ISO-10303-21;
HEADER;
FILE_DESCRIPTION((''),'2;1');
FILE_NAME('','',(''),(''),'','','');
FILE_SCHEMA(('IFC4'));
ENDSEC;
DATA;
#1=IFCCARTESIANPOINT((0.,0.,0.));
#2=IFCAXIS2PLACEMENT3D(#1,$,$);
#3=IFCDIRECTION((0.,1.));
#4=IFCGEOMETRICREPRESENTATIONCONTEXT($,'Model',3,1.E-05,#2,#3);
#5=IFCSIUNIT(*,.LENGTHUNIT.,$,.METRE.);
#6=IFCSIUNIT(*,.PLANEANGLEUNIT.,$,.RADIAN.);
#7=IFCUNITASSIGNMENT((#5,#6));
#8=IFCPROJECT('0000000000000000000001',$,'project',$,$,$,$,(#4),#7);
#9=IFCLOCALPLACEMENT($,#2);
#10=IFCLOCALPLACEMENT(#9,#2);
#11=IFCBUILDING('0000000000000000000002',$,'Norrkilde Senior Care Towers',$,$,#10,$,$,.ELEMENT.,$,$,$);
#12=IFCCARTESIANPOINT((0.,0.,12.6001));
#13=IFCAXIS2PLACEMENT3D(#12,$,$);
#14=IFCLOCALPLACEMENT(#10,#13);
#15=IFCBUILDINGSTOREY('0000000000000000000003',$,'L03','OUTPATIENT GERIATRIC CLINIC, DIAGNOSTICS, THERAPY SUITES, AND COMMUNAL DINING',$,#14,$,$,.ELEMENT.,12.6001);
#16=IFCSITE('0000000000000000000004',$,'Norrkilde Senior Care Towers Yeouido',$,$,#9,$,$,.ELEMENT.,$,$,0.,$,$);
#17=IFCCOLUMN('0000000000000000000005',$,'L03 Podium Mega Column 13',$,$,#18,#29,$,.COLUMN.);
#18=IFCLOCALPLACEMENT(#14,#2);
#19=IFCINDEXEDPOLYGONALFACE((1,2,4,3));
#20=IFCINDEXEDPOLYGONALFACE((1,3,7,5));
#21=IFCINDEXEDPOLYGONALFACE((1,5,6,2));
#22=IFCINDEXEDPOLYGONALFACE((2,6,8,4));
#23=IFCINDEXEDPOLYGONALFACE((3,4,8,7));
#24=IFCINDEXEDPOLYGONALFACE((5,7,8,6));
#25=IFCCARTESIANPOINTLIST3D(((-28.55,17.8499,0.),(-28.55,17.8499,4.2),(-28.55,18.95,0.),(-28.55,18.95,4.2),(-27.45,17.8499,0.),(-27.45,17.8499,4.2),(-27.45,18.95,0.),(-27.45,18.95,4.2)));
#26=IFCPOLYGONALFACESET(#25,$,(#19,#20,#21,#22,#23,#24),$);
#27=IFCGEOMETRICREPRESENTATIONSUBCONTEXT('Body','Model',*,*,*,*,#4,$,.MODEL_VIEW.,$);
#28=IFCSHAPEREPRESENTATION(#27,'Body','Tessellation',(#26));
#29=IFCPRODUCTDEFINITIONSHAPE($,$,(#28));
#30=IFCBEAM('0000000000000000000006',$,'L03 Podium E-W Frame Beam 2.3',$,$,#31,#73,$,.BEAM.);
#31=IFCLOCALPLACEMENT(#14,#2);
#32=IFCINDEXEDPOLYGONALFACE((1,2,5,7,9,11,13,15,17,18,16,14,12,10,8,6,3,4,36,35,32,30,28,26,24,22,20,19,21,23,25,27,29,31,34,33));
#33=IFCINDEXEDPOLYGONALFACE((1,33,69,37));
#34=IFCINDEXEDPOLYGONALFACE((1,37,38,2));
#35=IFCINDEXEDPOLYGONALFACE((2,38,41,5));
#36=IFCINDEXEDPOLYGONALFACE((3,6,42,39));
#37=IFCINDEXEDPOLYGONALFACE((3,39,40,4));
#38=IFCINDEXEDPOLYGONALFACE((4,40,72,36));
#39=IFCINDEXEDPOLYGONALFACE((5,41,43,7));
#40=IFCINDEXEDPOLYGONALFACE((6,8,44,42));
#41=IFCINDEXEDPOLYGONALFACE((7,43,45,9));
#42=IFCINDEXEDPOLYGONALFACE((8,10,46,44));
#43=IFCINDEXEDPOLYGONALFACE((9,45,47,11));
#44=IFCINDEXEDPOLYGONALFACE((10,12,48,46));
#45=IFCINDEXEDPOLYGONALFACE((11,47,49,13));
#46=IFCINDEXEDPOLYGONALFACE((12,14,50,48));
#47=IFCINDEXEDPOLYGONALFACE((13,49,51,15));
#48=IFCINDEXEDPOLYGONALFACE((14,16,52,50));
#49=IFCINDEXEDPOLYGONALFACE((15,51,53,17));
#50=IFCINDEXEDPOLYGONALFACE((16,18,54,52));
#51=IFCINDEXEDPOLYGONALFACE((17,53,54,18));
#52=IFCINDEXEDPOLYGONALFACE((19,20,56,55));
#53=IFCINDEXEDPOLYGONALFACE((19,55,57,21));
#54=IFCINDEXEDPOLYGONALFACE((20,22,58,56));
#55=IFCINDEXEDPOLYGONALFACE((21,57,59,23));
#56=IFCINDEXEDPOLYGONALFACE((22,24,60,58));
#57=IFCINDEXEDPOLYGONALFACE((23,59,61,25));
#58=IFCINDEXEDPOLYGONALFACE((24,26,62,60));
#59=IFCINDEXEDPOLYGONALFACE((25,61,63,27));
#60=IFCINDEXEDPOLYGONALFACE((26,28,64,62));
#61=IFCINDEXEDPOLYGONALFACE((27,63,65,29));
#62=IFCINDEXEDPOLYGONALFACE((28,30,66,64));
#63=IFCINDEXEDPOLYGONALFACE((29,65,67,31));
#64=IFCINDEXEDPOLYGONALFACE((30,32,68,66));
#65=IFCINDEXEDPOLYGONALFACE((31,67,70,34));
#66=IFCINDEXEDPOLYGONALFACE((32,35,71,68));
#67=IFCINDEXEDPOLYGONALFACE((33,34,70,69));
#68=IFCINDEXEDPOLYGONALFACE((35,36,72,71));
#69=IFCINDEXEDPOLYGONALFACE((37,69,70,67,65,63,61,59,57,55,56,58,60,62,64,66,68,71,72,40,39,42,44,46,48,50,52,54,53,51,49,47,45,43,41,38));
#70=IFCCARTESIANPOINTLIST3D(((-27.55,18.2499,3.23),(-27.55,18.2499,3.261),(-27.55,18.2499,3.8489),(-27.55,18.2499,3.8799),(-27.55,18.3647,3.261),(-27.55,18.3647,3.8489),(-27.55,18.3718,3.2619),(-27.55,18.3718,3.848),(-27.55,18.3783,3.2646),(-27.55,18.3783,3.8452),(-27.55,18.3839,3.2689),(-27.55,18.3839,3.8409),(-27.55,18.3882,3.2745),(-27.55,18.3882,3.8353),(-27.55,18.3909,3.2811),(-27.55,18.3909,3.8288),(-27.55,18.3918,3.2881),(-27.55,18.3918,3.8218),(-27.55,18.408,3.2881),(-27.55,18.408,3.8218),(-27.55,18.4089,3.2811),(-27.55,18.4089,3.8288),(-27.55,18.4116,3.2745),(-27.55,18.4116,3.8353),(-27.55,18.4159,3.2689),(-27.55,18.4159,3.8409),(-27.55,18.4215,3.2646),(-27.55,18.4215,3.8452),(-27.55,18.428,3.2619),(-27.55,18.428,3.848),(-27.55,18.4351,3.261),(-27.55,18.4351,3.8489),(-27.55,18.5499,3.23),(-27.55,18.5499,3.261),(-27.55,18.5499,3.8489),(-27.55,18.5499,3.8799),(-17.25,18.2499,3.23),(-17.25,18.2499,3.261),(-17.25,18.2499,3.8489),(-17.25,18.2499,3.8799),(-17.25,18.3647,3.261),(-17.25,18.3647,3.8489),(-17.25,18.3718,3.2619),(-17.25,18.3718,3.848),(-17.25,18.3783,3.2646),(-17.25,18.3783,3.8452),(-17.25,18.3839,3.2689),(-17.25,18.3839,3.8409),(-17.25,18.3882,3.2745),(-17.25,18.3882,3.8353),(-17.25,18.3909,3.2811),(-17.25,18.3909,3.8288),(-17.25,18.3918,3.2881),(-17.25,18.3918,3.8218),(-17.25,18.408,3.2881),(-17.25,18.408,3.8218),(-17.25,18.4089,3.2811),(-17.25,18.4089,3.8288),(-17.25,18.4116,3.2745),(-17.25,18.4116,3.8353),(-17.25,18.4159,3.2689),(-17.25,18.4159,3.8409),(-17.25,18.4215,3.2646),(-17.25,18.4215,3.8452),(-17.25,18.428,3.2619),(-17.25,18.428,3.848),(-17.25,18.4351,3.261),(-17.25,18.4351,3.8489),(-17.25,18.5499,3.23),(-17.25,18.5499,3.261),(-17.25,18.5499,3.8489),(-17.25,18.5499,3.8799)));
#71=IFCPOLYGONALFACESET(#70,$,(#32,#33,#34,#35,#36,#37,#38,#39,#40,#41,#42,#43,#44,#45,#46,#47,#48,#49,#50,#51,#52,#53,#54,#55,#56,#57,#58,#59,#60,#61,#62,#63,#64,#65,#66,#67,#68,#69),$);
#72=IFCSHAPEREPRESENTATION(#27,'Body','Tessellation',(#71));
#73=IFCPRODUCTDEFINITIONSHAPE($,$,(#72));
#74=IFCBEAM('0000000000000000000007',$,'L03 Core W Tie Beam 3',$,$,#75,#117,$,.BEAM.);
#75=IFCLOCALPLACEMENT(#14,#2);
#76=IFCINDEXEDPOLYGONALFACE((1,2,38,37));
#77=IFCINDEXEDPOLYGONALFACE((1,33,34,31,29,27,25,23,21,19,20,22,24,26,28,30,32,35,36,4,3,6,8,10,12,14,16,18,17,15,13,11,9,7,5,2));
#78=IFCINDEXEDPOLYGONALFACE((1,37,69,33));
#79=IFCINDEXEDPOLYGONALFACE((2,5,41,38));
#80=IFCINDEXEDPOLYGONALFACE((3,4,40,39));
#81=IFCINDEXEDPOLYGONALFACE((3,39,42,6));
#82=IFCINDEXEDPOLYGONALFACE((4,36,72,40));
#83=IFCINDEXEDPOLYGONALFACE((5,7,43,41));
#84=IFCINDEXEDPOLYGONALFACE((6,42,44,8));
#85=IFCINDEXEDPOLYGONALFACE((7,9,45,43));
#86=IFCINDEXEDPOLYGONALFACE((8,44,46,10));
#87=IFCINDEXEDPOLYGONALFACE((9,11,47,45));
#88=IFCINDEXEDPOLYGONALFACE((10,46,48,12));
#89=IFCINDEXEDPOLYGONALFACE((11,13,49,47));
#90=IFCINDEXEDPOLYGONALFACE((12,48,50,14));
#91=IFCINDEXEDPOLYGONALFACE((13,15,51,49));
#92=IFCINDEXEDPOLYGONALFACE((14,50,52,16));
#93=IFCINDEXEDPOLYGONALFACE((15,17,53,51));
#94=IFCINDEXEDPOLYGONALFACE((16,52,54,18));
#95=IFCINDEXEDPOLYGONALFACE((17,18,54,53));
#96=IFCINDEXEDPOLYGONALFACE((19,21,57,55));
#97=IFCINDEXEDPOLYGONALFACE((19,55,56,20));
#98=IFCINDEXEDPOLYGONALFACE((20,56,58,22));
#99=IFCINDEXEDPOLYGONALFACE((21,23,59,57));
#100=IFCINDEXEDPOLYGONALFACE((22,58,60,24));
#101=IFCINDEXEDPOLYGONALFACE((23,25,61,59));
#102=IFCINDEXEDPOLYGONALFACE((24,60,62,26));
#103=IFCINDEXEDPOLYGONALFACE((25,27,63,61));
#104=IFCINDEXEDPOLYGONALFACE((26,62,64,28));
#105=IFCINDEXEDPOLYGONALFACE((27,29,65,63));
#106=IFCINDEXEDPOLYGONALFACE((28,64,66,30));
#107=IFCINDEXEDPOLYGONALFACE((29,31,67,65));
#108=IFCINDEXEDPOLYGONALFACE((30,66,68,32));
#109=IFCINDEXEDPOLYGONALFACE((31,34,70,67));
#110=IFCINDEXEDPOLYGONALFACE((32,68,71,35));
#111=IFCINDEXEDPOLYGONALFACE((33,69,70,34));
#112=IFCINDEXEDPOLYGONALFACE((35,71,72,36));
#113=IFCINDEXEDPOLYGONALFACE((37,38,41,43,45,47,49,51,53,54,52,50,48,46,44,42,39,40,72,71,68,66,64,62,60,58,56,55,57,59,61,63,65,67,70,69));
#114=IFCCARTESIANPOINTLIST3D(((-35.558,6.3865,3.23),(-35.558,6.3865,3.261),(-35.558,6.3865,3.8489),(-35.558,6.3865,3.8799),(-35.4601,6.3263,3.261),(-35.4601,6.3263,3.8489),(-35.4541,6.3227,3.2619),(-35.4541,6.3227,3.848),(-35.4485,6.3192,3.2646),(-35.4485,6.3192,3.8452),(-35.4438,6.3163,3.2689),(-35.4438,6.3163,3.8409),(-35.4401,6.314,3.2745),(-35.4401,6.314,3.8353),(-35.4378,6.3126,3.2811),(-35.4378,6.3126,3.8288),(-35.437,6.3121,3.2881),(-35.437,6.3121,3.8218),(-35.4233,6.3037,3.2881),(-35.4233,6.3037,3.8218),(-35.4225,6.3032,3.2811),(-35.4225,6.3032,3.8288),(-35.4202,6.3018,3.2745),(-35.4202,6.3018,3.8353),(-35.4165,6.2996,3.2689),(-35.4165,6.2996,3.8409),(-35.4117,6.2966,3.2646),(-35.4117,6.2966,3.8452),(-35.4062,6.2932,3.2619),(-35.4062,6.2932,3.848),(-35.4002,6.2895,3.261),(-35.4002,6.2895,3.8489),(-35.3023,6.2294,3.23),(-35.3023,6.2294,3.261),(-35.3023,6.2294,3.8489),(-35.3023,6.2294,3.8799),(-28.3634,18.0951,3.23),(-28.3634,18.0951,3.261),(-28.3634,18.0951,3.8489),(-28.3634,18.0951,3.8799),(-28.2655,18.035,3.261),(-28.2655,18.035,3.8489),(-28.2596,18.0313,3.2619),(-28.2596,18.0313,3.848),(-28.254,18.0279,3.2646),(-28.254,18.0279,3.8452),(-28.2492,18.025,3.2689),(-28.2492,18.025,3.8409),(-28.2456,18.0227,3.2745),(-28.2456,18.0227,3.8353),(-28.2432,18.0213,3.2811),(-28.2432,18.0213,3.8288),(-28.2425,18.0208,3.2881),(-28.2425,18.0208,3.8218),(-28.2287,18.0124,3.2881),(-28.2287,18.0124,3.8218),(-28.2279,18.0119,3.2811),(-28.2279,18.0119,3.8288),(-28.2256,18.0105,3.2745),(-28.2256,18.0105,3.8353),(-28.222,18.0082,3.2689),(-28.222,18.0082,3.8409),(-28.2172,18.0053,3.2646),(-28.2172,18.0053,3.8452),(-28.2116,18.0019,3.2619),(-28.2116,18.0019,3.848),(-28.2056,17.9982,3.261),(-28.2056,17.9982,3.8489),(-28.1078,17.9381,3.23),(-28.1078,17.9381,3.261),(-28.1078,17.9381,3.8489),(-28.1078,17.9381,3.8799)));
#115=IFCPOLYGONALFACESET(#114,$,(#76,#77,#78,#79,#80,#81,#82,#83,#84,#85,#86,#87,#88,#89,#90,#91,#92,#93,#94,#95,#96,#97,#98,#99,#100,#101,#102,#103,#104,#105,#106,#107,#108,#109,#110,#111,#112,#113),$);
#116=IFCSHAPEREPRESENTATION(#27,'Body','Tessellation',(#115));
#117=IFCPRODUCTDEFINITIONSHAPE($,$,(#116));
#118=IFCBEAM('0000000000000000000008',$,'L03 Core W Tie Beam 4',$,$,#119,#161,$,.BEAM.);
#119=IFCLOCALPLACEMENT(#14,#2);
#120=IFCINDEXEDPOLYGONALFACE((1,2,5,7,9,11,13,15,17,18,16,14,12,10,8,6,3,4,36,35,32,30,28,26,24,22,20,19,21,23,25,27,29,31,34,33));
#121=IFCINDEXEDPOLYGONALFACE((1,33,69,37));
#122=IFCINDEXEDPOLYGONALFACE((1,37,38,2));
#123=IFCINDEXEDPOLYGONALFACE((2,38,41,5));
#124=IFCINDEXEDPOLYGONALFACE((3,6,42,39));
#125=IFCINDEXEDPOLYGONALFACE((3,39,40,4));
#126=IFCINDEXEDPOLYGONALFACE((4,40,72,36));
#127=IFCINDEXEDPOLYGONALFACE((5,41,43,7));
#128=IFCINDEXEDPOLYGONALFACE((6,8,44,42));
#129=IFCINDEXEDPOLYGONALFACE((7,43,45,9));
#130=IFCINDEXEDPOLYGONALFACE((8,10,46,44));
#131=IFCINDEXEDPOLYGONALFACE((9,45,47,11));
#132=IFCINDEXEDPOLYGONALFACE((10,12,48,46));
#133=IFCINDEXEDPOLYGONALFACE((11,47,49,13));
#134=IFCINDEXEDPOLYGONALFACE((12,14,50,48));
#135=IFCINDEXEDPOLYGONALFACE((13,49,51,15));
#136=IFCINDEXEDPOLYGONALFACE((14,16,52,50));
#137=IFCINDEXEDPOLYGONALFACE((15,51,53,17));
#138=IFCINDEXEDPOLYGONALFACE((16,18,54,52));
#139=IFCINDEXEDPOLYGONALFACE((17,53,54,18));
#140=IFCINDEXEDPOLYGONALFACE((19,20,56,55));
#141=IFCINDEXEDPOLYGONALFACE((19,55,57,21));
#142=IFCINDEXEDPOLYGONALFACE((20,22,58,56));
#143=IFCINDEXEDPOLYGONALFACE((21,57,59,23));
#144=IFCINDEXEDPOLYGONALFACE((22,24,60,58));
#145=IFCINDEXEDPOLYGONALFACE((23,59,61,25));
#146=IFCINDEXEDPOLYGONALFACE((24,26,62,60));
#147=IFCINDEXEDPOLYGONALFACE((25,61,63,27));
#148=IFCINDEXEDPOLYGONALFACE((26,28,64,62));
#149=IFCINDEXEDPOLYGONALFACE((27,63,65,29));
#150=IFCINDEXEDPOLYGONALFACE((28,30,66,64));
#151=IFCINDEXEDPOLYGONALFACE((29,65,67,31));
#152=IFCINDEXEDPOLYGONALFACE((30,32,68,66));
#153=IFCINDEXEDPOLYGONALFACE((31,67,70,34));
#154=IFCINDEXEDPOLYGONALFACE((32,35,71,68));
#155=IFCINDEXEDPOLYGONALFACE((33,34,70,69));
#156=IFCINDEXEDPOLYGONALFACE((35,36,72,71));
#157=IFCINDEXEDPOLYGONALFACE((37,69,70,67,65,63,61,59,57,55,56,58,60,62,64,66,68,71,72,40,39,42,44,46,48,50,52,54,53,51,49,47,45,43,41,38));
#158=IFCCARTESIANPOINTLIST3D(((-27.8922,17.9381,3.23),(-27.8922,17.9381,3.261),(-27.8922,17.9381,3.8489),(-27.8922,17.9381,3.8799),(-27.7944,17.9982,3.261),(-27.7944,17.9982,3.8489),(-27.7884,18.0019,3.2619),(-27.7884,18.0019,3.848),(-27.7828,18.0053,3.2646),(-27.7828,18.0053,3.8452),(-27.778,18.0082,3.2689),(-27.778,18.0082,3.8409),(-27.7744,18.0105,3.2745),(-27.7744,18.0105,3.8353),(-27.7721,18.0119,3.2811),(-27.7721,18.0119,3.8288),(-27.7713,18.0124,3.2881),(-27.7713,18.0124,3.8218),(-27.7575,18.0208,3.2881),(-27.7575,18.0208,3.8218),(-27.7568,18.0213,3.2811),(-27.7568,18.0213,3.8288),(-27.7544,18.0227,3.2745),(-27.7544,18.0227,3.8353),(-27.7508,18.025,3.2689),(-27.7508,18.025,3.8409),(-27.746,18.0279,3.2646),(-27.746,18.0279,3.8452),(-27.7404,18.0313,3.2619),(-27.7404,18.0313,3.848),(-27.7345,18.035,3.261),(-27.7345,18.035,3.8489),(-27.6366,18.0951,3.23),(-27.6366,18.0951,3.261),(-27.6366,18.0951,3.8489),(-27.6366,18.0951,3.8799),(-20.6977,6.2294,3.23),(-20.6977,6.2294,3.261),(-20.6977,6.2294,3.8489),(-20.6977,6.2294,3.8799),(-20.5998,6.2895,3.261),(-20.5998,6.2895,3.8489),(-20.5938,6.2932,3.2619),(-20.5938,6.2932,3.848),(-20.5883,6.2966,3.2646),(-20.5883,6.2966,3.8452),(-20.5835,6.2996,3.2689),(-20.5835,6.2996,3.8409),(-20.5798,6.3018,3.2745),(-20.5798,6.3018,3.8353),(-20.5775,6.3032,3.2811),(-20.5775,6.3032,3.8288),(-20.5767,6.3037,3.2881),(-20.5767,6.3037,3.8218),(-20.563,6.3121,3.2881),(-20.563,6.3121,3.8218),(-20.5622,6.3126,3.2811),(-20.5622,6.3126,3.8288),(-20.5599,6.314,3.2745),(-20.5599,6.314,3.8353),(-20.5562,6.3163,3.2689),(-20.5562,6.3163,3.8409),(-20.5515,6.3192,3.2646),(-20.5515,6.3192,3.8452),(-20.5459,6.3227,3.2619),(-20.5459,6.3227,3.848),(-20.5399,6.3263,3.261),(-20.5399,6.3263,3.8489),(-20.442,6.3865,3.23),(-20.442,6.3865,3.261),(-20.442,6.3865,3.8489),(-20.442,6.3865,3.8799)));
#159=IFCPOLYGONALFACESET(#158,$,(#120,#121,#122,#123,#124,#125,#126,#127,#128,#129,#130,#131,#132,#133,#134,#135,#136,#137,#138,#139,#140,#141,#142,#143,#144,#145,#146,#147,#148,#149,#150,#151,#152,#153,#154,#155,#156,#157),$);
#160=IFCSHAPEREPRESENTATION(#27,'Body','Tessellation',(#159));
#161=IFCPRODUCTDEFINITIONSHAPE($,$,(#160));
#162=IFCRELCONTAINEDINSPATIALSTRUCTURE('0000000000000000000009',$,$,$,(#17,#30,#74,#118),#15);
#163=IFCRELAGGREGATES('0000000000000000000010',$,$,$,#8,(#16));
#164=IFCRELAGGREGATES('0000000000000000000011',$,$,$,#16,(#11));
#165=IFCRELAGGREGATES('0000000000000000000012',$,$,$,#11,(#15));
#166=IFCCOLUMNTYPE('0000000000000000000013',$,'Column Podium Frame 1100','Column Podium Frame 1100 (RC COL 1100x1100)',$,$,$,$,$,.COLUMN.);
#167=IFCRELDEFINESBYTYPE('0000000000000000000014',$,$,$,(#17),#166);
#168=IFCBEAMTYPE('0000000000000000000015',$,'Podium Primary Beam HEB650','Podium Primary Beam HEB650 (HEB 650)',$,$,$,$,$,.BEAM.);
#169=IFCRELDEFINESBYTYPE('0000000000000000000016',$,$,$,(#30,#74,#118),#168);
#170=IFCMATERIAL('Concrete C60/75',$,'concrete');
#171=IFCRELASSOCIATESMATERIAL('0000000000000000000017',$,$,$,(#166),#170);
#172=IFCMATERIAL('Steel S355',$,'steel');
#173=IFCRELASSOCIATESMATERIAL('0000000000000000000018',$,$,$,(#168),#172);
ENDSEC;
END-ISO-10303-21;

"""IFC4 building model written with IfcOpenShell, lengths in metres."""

from ifc_helpers import new_model, si_unit, direction, frame, origin, origin_2d, place, context, subcontext, project, spatial, rectangle, i_section, extrude, source, transform, mapped, material, material_profile, profile_set, type_object, type_shapes, element, save


model = new_model("IFC4")

# Units and contexts
model_context = context("Model", 3, precision=1e-05, world=origin(), true_north=direction((0.0, 1.0)))
body_context = subcontext(model_context, "Body", "Model", "MODEL_VIEW")
ifc_project = project(units=[si_unit("LENGTHUNIT", "METRE"), si_unit("PLANEANGLEUNIT", "RADIAN")], contexts=[model_context])

# Site, building, storey
site_placement = place(None, origin())
site = spatial("IfcSite", under=ifc_project, at=site_placement, Name="Norrkilde Senior Care Towers Yeouido", CompositionType="ELEMENT", RefElevation=0.0)
building_placement = place(site_placement, origin())
building = spatial("IfcBuilding", under=site, at=building_placement, Name="Norrkilde Senior Care Towers", CompositionType="ELEMENT")
storey_placement = place(building_placement, frame((0.0, 0.0, 12.6001)))
storey = spatial("IfcBuildingStorey", under=building, at=storey_placement, Name="L03", Description="OUTPATIENT GERIATRIC CLINIC, DIAGNOSTICS, THERAPY SUITES, AND COMMUNAL DINING", CompositionType="ELEMENT", Elevation=12.6001)

# Column
ifc_material_1 = material(Name="Concrete C60/75", Category="concrete")
ifc_material_profile_1 = material_profile(ifc_material_1, rectangle(XDim=1.1001, YDim=1.1001, at=origin_2d()), Name="RC COL 1100x1100")
ifc_profile_set_1 = profile_set([ifc_material_profile_1], Name="Concrete C60/75")
column_type = type_object("IfcColumnType", Name="Column Podium Frame 1100", Description="Column Podium Frame 1100 (RC COL 1100x1100)", PredefinedType="COLUMN", material=ifc_profile_set_1)
shared_shape_1 = source(origin(), body_context, "Body", "SweptSolid", [
    extrude(rectangle(XDim=1.1001, YDim=1.1001, at=origin_2d()), origin(), (0.0, 0.0, 1.0), 4.2),
])
type_shapes(column_type, [shared_shape_1])
column_placement = place(storey_placement, frame((-28.0, 18.3999, 0.0), z_axis=(0.0, 0.0, 1.0), x_axis=(1.0, 0.0, 0.0)))
element("IfcColumn", 1, at=column_placement, inside=storey, type_object=column_type, Name="L03 Podium Mega Column 13", PredefinedType="COLUMN", context=body_context, shape_type="MappedRepresentation", body=[
    mapped(shared_shape_1, transform((0.0, 0.0, 0.0), x_axis=(1.0, 0.0, 0.0), y_axis=(0.0, 1.0, 0.0), z_axis=(0.0, 0.0, 1.0), scale=1.0)),
])

# Beams
ifc_material_2 = material(Name="Steel S355", Category="steel")
ifc_material_profile_2 = material_profile(ifc_material_2, i_section(OverallWidth=0.3, OverallDepth=0.6499, WebThickness=0.0161, FlangeThickness=0.031, FilletRadius=0.0271, at=origin_2d()), Name="HEB 650")
ifc_profile_set_2 = profile_set([ifc_material_profile_2], Name="Steel S355")
beam_type = type_object("IfcBeamType", Name="Podium Primary Beam HEB650", Description="Podium Primary Beam HEB650 (HEB 650)", PredefinedType="BEAM", material=ifc_profile_set_2)
shared_shape_2 = source(origin(), body_context, "Body", "SweptSolid", [
    extrude(i_section(OverallWidth=0.3, OverallDepth=0.6499, WebThickness=0.0161, FlangeThickness=0.031, FilletRadius=0.0271, at=origin_2d()), origin(), (0.0, 0.0, 1.0), 10.3),
])
beam_placement = place(storey_placement, frame((-27.55, 18.3999, 3.5549), z_axis=(1.0, 0.0, 0.0), x_axis=(0.0, 1.0, 0.0)))
element("IfcBeam", 2, at=beam_placement, inside=storey, type_object=beam_type, Name="L03 Podium E-W Frame Beam 2.3", PredefinedType="BEAM", context=body_context, shape_type="MappedRepresentation", body=[
    mapped(shared_shape_2, transform((0.0, 0.0, 0.0), x_axis=(1.0, 0.0, 0.0), y_axis=(0.0, 1.0, 0.0), z_axis=(0.0, 0.0, 1.0), scale=1.0)),
])
shared_shape_3 = source(origin(), body_context, "Body", "SweptSolid", [
    extrude(i_section(OverallWidth=0.3, OverallDepth=0.6499, WebThickness=0.0161, FlangeThickness=0.031, FilletRadius=0.0271, at=origin_2d()), origin(), (0.0, 0.0, 1.0), 13.7424),
])
type_shapes(beam_type, [shared_shape_2, shared_shape_3])
for number, where, z_axis, x_axis, name in (
    (3, (-28.2356, 18.0166, 3.5549), (-0.523527, -0.852009, 0.0), (0.852009, -0.523527, 0.0), "L03 Core W Tie Beam 3"),
    (4, (-27.7644, 18.0166, 3.5549), (0.523527, -0.852009, 0.0), (0.852009, 0.523527, 0.0), "L03 Core W Tie Beam 4"),
):
    element("IfcBeam", number, at=place(storey_placement, frame(where, z_axis=z_axis, x_axis=x_axis)), inside=storey, type_object=beam_type, Name=name, PredefinedType="BEAM", context=body_context, shape_type="MappedRepresentation", body=[
        mapped(shared_shape_3, transform((0.0, 0.0, 0.0), x_axis=(1.0, 0.0, 0.0), y_axis=(0.0, 1.0, 0.0), z_axis=(0.0, 0.0, 1.0), scale=1.0)),
    ])

save(model, "model.ifc")
